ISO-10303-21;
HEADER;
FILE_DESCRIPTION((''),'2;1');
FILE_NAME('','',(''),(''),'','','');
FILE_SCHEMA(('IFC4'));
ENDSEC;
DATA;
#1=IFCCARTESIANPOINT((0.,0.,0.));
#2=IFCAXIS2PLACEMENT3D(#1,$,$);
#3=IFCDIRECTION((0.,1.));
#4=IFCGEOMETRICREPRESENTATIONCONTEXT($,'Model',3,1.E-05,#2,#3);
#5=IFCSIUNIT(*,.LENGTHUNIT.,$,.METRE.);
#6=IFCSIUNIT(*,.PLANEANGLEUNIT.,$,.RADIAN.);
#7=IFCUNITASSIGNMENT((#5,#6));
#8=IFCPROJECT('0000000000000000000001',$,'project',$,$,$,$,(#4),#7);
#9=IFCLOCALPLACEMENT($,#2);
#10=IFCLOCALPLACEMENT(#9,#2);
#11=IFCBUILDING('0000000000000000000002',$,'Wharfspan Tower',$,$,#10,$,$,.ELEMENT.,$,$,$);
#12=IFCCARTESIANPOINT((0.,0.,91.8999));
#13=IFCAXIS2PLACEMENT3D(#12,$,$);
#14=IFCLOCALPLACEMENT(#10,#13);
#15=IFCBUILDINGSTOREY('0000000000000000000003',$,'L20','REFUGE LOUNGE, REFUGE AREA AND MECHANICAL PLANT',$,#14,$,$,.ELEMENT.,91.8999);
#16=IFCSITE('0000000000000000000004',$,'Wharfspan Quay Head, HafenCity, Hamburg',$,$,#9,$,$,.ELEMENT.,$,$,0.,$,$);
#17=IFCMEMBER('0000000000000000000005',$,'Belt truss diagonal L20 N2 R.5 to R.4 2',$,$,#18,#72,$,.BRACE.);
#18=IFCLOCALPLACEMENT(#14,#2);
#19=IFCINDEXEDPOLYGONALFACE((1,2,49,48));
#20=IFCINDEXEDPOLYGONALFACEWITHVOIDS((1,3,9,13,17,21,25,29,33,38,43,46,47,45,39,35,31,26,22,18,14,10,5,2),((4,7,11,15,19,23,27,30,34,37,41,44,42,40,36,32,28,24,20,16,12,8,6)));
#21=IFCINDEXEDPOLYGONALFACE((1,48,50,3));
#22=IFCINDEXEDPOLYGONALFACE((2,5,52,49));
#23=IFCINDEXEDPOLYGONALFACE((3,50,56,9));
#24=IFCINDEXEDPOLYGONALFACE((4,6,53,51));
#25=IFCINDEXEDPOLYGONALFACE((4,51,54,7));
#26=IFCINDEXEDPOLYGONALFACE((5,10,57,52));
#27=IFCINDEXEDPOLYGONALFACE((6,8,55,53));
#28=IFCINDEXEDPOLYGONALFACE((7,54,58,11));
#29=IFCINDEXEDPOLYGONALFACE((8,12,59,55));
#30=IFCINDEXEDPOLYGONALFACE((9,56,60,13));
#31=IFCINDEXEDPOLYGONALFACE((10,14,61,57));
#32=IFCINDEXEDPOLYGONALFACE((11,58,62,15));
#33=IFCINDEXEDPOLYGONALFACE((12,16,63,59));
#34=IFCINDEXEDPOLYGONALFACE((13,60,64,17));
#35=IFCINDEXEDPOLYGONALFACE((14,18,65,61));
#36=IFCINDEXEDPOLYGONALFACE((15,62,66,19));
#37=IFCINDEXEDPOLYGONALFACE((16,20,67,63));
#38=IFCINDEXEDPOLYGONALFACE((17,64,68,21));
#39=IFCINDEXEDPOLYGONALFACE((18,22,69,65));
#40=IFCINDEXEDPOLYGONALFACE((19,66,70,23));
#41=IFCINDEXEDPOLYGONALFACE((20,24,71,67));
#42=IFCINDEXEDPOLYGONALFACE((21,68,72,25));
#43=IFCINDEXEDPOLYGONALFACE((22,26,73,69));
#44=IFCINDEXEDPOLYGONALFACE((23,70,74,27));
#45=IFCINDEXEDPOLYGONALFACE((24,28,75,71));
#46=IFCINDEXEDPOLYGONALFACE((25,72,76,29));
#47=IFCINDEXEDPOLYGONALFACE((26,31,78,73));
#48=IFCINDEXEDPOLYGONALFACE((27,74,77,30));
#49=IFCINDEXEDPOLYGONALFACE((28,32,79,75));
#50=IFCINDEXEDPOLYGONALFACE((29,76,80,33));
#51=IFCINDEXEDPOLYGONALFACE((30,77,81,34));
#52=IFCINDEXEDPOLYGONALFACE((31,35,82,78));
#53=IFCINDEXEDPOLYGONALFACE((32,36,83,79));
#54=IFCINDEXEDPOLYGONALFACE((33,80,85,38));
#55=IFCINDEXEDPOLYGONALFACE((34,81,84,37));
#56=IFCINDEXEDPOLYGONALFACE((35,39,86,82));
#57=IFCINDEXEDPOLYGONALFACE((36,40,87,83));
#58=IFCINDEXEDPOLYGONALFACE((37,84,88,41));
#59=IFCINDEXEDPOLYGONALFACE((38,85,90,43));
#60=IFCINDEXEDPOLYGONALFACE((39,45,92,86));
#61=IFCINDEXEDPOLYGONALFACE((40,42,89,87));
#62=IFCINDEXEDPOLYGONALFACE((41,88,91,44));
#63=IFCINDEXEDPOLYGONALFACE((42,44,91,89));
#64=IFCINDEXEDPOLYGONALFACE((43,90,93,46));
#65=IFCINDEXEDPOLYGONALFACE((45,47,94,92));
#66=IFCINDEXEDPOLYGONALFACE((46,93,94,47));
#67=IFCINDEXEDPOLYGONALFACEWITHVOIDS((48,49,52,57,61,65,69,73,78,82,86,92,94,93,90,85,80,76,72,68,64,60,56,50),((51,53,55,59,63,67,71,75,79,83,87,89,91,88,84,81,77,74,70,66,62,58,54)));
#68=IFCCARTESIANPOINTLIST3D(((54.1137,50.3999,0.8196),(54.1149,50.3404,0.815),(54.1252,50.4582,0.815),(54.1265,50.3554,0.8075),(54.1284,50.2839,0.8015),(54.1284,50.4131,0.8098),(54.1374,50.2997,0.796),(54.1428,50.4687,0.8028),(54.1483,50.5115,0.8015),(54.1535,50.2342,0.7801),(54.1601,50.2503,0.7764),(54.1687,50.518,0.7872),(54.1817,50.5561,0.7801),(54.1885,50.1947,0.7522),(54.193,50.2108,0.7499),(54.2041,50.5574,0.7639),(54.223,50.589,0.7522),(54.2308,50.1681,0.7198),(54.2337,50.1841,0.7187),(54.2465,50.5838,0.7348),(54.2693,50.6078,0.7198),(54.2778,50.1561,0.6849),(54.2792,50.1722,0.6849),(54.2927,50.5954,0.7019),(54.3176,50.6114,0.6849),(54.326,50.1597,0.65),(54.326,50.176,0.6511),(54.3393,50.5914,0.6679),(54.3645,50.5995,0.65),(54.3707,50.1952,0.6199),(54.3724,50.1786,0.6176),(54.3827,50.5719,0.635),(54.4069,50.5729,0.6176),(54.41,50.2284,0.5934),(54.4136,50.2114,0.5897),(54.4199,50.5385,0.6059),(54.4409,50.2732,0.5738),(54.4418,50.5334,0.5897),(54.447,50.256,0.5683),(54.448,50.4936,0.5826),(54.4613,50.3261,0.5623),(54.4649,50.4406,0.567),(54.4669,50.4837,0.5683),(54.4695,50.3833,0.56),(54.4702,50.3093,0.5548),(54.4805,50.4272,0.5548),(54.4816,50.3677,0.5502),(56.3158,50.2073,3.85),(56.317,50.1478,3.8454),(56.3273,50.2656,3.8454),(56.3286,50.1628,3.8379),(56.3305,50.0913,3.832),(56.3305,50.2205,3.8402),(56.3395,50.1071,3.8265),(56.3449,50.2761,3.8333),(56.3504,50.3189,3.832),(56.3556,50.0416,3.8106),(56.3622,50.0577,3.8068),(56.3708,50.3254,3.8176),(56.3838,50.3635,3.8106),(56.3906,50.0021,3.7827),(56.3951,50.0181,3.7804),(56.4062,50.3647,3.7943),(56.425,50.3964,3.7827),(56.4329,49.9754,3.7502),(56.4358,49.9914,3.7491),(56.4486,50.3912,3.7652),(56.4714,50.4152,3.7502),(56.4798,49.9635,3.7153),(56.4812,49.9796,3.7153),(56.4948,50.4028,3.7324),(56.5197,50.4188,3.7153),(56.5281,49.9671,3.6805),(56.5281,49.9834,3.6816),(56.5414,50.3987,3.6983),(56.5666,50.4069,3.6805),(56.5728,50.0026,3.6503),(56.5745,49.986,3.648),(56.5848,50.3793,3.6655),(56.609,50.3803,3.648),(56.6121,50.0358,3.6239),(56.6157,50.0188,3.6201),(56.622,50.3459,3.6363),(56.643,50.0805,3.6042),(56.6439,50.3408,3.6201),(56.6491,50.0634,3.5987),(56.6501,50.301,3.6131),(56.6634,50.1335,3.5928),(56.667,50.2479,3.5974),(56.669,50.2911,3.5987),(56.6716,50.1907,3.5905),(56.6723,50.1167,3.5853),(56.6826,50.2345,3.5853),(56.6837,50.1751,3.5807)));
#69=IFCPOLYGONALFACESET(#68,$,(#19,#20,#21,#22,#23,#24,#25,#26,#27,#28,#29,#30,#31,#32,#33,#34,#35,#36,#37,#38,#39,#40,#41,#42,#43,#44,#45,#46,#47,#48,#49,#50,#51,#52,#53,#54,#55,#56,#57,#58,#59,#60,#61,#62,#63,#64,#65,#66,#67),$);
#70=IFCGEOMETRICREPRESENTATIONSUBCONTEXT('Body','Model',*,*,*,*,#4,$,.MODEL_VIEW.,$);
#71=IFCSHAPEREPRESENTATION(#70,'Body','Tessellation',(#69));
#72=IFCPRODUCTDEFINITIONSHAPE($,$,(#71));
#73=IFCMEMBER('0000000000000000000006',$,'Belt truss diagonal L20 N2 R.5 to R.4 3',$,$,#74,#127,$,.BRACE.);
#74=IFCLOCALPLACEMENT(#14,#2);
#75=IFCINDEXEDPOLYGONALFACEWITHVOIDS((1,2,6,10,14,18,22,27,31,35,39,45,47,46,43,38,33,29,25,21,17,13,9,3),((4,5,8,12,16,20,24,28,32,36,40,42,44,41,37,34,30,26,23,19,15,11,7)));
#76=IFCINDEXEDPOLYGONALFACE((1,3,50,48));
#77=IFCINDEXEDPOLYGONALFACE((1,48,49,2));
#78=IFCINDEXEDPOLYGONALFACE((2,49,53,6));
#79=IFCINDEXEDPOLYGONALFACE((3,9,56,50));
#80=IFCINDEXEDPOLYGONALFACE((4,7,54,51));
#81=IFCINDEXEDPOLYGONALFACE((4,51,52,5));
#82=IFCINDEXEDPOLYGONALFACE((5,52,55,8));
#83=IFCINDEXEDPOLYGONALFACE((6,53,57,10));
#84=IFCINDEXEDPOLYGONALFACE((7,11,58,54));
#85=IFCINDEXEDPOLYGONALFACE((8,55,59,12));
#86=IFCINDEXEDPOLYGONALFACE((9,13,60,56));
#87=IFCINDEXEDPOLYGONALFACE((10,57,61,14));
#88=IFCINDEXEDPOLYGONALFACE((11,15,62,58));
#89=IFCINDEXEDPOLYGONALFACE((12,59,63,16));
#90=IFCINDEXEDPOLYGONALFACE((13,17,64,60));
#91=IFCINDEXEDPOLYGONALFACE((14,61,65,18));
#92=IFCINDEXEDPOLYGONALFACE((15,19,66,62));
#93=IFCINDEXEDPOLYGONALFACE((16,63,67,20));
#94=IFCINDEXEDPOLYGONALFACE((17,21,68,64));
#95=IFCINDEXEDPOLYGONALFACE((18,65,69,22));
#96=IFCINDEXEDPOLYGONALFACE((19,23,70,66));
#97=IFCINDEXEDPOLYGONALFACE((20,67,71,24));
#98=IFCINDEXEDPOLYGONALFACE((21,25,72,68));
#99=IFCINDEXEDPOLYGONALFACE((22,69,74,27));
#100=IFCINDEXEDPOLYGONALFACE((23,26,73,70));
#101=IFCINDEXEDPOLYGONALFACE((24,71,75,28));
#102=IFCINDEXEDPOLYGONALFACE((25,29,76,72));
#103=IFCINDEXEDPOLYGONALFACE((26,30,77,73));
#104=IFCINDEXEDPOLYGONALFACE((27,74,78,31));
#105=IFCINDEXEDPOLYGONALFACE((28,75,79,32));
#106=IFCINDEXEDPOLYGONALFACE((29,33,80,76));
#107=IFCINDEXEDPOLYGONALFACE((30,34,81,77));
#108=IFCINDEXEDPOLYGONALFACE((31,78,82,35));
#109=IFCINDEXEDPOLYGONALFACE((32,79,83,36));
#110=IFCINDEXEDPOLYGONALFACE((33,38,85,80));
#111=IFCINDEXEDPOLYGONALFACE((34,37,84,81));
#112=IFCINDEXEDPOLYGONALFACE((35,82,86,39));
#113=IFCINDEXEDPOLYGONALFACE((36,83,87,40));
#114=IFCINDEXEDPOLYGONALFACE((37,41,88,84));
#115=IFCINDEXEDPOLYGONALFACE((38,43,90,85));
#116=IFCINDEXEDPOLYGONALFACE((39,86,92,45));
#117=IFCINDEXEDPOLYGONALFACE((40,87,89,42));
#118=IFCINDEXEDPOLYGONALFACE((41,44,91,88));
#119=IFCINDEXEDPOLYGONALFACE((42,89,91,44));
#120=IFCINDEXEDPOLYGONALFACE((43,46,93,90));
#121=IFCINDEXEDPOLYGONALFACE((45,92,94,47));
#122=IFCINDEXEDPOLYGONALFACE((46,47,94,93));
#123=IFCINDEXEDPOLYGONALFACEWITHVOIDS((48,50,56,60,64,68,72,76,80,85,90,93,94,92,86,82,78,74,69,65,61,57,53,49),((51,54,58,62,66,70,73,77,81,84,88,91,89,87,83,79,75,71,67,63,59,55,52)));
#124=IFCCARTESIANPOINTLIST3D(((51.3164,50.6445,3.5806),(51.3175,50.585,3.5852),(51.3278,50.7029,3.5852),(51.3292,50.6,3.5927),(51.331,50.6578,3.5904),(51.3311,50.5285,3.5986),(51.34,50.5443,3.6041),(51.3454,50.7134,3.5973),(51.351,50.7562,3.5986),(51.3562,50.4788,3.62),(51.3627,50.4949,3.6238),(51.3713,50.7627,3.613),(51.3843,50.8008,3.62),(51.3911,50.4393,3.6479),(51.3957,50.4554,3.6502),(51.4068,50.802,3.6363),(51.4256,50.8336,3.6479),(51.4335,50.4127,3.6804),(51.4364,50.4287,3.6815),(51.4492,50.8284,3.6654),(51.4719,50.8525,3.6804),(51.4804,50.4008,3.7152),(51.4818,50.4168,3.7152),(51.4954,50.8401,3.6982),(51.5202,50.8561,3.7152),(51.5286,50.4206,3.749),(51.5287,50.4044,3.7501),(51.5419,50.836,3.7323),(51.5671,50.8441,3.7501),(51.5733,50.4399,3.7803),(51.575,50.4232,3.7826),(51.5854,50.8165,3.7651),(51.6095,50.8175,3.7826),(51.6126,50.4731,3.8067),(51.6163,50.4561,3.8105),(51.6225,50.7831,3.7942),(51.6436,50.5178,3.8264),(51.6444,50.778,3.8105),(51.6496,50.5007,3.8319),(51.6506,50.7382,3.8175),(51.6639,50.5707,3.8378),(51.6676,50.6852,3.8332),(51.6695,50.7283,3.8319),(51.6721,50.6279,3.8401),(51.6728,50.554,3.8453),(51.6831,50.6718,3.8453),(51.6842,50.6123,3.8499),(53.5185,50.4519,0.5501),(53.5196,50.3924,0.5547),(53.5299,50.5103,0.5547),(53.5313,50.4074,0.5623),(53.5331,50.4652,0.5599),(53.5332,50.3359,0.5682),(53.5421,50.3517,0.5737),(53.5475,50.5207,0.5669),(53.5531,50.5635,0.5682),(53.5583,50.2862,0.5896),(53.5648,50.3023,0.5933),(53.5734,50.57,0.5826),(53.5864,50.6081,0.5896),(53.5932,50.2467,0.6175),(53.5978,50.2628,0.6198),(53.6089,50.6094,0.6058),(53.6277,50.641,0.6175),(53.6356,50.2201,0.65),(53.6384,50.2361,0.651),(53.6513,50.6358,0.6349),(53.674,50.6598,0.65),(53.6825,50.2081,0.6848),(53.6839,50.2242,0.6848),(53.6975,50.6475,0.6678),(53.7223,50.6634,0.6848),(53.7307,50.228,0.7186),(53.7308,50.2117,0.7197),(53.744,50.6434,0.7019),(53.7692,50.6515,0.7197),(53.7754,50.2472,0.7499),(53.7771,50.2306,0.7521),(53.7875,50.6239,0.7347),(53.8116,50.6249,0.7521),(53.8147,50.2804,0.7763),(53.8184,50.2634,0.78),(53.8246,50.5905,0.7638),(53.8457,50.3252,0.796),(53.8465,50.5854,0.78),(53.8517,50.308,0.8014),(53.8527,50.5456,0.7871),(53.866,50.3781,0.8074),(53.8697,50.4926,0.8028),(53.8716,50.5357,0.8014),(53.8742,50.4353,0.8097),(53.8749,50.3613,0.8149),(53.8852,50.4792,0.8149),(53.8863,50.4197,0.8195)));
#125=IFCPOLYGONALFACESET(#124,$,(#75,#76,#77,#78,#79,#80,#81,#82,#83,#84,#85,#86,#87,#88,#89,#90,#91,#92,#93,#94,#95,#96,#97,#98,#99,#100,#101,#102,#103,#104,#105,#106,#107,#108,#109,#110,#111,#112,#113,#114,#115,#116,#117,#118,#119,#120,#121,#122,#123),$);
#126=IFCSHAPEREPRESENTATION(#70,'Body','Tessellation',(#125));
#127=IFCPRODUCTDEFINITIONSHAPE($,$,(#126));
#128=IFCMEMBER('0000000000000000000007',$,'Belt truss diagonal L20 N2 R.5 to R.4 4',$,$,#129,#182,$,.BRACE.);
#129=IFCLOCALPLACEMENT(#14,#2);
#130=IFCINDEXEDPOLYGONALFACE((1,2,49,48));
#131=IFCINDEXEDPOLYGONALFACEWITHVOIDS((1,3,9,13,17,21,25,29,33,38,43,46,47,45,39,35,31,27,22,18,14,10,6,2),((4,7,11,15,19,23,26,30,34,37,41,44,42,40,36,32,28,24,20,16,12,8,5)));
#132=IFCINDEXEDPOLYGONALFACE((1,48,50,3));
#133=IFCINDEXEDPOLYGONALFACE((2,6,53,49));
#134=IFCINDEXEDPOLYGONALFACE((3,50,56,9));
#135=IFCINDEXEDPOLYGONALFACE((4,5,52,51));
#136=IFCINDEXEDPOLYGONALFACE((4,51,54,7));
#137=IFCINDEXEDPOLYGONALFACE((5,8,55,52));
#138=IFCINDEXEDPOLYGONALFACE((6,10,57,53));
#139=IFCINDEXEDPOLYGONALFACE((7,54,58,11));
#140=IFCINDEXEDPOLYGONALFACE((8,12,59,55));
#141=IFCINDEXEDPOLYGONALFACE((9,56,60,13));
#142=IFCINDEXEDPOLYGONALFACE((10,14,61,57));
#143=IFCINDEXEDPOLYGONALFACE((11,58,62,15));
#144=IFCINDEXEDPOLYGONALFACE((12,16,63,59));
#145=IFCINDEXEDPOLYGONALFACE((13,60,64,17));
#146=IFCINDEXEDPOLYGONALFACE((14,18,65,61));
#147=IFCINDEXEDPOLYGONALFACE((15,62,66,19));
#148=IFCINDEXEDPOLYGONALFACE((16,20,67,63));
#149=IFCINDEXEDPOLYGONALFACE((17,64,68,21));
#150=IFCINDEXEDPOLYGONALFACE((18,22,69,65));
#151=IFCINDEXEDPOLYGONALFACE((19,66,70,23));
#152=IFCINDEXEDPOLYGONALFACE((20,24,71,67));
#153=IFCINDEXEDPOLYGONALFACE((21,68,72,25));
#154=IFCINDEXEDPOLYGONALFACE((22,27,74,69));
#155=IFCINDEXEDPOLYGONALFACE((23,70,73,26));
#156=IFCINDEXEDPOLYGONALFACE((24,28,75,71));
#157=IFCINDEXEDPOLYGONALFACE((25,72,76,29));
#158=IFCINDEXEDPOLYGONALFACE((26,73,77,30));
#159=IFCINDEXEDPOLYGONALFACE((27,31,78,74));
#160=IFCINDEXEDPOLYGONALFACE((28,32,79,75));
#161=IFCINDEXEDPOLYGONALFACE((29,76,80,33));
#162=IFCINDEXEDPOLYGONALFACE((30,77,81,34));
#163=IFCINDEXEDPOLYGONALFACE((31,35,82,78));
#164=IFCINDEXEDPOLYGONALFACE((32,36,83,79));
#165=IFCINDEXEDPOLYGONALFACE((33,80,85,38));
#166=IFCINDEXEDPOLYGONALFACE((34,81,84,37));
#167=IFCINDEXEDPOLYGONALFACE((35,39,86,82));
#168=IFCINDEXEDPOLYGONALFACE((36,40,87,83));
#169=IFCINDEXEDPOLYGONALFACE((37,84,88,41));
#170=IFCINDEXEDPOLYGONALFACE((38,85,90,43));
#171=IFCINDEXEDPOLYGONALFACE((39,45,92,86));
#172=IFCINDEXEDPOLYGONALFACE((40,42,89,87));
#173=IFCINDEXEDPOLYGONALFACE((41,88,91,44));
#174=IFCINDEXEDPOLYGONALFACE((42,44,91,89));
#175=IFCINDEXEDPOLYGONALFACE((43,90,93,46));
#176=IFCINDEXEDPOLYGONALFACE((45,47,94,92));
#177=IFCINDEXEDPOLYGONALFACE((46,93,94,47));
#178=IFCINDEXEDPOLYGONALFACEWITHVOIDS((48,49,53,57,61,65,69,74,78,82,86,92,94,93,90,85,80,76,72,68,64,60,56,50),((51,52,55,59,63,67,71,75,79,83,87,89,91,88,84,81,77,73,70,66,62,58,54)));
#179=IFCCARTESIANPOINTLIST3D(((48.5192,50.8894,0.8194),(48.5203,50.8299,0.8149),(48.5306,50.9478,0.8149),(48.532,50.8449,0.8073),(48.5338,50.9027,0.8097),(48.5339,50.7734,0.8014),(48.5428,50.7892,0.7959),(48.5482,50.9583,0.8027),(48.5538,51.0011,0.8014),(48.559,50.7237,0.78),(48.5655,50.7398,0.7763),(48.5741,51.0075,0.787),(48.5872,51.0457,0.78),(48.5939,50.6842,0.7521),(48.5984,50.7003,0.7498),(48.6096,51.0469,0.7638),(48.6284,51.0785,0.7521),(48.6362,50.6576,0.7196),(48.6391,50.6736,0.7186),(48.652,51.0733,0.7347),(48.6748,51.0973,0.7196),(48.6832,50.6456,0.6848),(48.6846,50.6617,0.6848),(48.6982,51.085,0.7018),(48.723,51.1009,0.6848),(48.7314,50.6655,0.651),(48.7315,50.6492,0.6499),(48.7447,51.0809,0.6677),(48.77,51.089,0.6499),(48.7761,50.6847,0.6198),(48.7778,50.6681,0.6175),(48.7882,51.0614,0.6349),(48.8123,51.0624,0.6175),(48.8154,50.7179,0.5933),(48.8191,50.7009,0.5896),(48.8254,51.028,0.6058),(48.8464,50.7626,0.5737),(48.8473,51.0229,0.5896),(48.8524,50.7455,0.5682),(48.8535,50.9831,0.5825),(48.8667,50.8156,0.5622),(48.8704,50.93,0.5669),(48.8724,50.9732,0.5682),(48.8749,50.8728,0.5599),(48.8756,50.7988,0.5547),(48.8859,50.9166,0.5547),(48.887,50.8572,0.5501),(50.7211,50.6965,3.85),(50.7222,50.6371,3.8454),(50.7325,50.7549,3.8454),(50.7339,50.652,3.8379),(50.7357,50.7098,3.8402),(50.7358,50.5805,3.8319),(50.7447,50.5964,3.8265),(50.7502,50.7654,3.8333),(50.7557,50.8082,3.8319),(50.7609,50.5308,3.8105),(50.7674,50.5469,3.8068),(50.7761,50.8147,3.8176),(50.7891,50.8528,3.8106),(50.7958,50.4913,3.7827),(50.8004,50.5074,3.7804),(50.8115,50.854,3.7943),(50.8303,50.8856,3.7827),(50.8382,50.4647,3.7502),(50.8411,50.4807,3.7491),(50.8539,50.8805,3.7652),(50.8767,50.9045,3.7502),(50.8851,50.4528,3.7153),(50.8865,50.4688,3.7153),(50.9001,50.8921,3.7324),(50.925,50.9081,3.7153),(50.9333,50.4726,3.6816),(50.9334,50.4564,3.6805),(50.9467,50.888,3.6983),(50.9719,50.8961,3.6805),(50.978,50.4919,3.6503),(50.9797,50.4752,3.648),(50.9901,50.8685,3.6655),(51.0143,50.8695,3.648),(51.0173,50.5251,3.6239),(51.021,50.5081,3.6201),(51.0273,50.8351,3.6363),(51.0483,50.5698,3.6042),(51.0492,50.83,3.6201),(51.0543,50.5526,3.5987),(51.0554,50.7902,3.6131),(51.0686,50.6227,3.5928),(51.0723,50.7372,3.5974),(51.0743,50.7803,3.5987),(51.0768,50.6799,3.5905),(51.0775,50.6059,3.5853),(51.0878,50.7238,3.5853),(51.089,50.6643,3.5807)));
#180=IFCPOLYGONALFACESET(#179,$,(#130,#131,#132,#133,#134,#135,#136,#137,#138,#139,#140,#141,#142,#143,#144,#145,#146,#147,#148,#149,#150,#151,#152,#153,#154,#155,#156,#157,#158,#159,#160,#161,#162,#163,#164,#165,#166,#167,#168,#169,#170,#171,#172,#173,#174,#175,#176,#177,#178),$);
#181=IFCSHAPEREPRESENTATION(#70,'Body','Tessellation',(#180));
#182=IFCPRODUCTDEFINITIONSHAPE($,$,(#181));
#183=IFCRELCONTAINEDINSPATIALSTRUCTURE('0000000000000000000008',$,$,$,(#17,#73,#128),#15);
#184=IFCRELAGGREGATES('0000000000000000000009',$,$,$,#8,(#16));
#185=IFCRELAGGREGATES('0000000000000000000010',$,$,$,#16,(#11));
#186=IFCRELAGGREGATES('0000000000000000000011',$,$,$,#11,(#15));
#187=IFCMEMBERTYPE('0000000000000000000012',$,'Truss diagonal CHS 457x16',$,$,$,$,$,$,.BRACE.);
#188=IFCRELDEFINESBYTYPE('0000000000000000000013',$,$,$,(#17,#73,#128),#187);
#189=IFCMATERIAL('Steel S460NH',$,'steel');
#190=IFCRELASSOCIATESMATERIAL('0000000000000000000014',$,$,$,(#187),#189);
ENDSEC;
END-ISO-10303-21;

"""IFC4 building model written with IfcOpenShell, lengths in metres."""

from ifc_helpers import new_model, si_unit, direction, frame, origin, origin_2d, place, context, subcontext, project, spatial, hollow_circle, extrude, material, material_profile, profile_set, type_object, element, save


model = new_model("IFC4")

# Units and contexts
model_context = context("Model", 3, precision=1e-05, world=origin(), true_north=direction((0.0, 1.0)))
body_context = subcontext(model_context, "Body", "Model", "MODEL_VIEW")
ifc_project = project(units=[si_unit("LENGTHUNIT", "METRE"), si_unit("PLANEANGLEUNIT", "RADIAN")], contexts=[model_context])

# Site, building, storey
site_placement = place(None, origin())
site = spatial("IfcSite", under=ifc_project, at=site_placement, Name="Wharfspan Quay Head, HafenCity, Hamburg", CompositionType="ELEMENT", RefElevation=0.0)
building_placement = place(site_placement, origin())
building = spatial("IfcBuilding", under=site, at=building_placement, Name="Wharfspan Tower", CompositionType="ELEMENT")
storey_placement = place(building_placement, frame((0.0, 0.0, 91.8999)))
storey = spatial("IfcBuildingStorey", under=building, at=storey_placement, Name="L20", Description="REFUGE LOUNGE, REFUGE AREA AND MECHANICAL PLANT", CompositionType="ELEMENT", Elevation=91.8999)

# Members
ifc_material_1 = material(Name="Steel S460NH", Category="steel")
ifc_material_profile_1 = material_profile(ifc_material_1, hollow_circle(Radius=0.2285, WallThickness=0.0161, at=origin_2d()))
ifc_profile_set_1 = profile_set([ifc_material_profile_1], Name="Steel S460NH")
member_type_1 = type_object("IfcMemberType", Name="Truss diagonal CHS 457x16", PredefinedType="BRACE", material=ifc_profile_set_1)
for number, where, z_axis, x_axis, name in (
    (1, (56.4998, 50.1912, 3.7153), (-0.587071, 0.051352, -0.807905), (-0.087143, -0.996197, 0.000003), "Belt truss diagonal L20 N2 R.5 to R.4 2"),
    (2, (53.7024, 50.4358, 0.6848), (-0.587071, 0.051352, 0.807905), (-0.087143, -0.996197, -0.000003), "Belt truss diagonal L20 N2 R.5 to R.4 3"),
    (3, (50.905, 50.6804, 3.7153), (-0.587026, 0.051419, -0.807934), (-0.087257, -0.996187, -0.000001), "Belt truss diagonal L20 N2 R.5 to R.4 4"),
):
    element("IfcMember", number, at=place(storey_placement, frame(where, z_axis=z_axis, x_axis=x_axis)), inside=storey, type_object=member_type_1, Name=name, PredefinedType="BRACE", context=body_context, shape_type="SweptSolid", body=[
        extrude(hollow_circle(Radius=0.2285, WallThickness=0.0161, at=origin_2d()), origin(), (0.0, 0.0, 1.0), 3.751),
    ])

save(model, "model.ifc")
